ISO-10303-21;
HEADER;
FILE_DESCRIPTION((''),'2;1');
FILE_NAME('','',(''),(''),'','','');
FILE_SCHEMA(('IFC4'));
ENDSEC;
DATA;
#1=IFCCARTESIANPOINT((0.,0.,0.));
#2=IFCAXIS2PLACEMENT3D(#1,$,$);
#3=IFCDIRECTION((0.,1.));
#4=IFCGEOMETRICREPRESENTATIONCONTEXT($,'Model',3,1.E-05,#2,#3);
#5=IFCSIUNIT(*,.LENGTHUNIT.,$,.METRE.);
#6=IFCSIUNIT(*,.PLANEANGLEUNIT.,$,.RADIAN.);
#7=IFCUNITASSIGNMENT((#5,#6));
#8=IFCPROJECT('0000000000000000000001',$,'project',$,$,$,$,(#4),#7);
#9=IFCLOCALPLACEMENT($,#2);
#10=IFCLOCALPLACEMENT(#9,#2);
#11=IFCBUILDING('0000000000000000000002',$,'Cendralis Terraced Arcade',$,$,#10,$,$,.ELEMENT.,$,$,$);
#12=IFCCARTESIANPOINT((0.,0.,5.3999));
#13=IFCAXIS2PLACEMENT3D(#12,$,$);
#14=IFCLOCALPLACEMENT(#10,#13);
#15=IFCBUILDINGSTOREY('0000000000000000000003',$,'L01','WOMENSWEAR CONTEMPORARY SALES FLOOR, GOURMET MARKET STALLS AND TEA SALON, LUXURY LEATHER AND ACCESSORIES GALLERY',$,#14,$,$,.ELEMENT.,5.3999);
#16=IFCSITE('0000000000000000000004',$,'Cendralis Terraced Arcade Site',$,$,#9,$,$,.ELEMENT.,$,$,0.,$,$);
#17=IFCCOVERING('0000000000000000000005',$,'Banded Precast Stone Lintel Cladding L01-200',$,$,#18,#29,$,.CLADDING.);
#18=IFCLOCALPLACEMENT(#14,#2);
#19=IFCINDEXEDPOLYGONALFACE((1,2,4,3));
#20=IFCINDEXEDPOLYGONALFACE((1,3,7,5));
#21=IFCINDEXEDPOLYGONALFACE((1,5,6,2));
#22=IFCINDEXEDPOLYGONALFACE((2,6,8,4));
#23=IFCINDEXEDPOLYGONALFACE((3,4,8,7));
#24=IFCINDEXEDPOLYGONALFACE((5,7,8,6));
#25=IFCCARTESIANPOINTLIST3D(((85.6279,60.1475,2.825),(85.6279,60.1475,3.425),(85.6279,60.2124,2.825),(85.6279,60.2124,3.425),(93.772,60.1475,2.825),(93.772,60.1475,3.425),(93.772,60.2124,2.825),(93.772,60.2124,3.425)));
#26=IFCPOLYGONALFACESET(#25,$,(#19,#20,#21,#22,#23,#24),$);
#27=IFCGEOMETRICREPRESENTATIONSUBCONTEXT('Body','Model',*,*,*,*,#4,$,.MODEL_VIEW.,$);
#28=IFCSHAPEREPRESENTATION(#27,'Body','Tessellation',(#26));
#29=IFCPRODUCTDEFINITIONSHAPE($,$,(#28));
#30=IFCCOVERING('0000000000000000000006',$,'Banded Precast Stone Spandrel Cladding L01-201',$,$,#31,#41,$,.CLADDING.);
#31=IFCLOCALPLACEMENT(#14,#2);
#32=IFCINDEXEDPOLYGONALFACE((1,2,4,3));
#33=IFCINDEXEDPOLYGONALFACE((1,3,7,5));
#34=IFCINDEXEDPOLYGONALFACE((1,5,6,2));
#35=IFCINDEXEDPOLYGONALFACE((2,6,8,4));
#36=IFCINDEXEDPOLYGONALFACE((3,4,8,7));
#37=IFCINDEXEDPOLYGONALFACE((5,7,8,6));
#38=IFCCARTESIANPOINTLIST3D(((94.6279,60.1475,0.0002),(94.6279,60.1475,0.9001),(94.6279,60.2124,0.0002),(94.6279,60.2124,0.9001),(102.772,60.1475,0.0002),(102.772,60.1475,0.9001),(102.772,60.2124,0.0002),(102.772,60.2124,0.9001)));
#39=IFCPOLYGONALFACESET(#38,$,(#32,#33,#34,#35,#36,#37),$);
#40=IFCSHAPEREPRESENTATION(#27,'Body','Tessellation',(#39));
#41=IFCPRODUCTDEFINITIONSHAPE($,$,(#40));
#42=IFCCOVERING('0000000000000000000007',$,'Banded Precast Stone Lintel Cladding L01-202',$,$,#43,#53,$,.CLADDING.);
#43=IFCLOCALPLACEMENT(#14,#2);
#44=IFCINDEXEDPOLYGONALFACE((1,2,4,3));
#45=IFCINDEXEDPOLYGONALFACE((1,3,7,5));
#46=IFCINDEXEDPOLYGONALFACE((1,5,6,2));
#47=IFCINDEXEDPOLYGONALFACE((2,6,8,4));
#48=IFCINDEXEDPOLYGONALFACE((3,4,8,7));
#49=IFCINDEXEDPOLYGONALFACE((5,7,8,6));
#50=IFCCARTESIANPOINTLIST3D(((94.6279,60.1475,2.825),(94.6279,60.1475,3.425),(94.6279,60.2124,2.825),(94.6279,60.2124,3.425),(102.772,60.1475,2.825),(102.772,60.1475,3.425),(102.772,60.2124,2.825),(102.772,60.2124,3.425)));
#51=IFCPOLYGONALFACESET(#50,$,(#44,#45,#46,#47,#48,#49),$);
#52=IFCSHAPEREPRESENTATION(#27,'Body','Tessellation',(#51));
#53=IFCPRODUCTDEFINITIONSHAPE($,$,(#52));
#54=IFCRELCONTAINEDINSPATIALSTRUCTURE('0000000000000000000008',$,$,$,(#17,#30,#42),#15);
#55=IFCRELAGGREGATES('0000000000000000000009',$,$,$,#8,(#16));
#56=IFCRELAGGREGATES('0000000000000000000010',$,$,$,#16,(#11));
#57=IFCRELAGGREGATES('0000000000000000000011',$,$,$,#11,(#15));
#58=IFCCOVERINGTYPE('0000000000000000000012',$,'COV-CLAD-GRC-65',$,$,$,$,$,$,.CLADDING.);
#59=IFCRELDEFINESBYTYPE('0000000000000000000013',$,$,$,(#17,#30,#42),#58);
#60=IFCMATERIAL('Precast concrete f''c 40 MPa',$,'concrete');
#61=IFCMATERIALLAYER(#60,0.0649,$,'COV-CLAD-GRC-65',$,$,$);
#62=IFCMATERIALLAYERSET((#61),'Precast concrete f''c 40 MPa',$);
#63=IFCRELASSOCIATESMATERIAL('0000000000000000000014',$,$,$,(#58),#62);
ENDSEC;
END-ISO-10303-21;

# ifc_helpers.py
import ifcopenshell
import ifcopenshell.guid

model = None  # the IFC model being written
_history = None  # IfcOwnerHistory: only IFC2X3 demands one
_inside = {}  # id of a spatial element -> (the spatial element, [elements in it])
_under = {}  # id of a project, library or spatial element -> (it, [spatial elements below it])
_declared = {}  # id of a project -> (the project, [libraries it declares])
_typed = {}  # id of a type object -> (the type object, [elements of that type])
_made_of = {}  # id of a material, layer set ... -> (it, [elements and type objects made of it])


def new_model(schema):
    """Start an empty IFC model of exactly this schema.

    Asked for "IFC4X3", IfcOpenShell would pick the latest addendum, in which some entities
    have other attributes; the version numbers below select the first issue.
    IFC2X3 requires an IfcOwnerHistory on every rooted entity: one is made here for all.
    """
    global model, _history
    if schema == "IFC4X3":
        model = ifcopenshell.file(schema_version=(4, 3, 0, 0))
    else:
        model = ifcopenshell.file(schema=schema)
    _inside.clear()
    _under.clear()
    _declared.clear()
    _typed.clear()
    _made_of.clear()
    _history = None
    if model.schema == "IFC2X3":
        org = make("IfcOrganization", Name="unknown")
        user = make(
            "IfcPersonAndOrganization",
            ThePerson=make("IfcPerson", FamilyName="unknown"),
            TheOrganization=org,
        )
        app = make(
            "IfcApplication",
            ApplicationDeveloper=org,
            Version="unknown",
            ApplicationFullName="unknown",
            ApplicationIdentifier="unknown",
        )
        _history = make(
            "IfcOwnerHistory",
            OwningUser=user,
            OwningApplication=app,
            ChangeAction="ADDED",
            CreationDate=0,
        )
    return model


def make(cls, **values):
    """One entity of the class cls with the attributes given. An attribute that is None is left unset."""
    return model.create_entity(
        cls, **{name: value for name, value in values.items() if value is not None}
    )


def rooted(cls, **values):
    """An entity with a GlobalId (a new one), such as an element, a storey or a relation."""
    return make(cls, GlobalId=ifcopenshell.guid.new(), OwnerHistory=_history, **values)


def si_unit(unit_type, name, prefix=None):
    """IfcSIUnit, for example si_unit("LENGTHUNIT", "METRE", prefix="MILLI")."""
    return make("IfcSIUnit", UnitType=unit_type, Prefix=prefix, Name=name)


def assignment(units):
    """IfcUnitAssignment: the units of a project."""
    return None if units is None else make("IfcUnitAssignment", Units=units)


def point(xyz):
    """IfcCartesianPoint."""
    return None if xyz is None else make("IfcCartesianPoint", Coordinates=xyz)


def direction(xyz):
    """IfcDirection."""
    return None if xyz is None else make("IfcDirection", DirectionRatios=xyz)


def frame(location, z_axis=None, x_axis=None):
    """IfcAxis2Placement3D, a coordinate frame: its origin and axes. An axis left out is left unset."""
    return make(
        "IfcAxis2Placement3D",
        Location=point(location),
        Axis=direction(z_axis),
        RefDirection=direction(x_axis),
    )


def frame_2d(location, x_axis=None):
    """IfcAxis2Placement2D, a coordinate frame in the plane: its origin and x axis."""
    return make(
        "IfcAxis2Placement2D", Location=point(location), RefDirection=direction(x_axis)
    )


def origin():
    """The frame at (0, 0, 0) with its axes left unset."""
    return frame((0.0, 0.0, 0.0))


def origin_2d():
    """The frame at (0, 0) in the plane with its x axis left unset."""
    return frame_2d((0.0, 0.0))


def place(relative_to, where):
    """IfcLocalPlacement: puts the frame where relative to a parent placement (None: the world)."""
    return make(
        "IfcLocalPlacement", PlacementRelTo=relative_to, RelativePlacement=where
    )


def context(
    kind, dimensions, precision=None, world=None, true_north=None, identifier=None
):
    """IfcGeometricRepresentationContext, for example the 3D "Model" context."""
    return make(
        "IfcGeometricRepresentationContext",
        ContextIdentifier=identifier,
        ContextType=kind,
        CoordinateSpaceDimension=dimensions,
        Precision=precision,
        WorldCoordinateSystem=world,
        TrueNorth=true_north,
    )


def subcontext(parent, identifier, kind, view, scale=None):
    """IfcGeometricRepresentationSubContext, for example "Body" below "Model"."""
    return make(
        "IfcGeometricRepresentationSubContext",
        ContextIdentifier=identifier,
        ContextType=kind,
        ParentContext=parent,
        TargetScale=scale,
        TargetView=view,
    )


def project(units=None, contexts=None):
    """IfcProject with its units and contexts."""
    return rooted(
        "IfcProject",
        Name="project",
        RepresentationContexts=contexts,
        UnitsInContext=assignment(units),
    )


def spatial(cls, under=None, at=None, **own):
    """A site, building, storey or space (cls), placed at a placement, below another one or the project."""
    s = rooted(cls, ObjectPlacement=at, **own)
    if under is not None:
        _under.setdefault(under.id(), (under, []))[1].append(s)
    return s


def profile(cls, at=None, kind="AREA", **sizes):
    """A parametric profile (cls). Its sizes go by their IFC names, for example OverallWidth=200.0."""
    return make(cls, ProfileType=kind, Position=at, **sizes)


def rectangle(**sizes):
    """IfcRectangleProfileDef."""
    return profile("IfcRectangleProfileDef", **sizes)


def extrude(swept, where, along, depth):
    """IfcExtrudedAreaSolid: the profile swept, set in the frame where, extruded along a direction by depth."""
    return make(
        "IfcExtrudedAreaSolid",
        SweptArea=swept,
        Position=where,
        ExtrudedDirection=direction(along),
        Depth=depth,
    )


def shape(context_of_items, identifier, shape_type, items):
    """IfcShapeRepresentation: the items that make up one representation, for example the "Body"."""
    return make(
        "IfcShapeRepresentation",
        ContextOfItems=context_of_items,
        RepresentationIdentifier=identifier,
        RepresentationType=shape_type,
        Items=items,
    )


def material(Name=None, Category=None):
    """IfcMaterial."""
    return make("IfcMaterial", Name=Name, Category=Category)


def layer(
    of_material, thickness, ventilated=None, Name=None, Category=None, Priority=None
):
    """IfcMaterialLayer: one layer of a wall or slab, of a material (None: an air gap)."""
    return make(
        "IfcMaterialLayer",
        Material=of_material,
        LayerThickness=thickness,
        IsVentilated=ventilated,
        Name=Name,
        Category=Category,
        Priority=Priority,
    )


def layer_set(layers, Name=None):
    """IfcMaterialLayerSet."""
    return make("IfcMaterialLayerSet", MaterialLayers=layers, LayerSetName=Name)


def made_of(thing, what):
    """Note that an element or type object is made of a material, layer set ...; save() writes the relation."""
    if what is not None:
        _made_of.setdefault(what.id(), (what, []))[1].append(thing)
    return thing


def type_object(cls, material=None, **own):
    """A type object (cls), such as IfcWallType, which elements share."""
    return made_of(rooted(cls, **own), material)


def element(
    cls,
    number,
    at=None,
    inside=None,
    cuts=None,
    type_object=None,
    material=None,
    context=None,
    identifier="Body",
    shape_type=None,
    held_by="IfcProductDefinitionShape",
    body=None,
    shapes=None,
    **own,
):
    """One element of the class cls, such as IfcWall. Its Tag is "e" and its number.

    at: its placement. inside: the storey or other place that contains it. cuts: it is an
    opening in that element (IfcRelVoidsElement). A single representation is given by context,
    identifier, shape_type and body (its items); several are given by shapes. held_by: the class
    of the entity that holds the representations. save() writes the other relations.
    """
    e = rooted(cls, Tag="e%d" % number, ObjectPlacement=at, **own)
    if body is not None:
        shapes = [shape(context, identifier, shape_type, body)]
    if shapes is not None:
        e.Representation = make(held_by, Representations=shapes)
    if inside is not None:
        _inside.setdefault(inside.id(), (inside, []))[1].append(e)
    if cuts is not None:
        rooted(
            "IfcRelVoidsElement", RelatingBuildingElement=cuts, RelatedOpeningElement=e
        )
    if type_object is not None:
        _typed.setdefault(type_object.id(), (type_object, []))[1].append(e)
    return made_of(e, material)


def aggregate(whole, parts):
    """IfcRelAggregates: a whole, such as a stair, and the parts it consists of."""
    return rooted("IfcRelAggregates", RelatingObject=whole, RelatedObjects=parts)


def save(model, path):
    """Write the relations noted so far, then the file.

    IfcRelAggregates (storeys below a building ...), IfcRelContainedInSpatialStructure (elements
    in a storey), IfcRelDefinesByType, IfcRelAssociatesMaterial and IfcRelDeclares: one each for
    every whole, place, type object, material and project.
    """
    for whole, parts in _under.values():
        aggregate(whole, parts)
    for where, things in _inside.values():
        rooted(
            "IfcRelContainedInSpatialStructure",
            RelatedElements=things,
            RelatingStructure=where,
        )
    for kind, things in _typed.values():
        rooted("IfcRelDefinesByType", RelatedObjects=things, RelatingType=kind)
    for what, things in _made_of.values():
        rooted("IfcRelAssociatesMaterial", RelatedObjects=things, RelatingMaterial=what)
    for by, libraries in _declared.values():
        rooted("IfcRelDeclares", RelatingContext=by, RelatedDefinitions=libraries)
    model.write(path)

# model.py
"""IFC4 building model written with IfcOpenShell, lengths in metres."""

from ifc_helpers import new_model, si_unit, direction, frame, origin, origin_2d, place, context, subcontext, project, spatial, rectangle, extrude, material, layer, layer_set, type_object, element, save


model = new_model("IFC4")

# Units and contexts
model_context = context("Model", 3, precision=1e-05, world=origin(), true_north=direction((0.0, 1.0)))
body_context = subcontext(model_context, "Body", "Model", "MODEL_VIEW")
ifc_project = project(units=[si_unit("LENGTHUNIT", "METRE"), si_unit("PLANEANGLEUNIT", "RADIAN")], contexts=[model_context])

# Site, building, storey
site_placement = place(None, origin())
site = spatial("IfcSite", under=ifc_project, at=site_placement, Name="Cendralis Terraced Arcade Site", CompositionType="ELEMENT", RefElevation=0.0)
building_placement = place(site_placement, origin())
building = spatial("IfcBuilding", under=site, at=building_placement, Name="Cendralis Terraced Arcade", CompositionType="ELEMENT")
storey_placement = place(building_placement, frame((0.0, 0.0, 5.3999)))
storey = spatial("IfcBuildingStorey", under=building, at=storey_placement, Name="L01", Description="WOMENSWEAR CONTEMPORARY SALES FLOOR, GOURMET MARKET STALLS AND TEA SALON, LUXURY LEATHER AND ACCESSORIES GALLERY", CompositionType="ELEMENT", Elevation=5.3999)

# Shared definitions
ifc_material_1 = material(Name="Precast concrete f'c 40 MPa", Category="concrete")

# Coverings
ifc_layer_1 = layer(ifc_material_1, 0.0649, Name="COV-CLAD-GRC-65")
ifc_layer_set_1 = layer_set([ifc_layer_1], Name="Precast concrete f'c 40 MPa")
covering_type = type_object("IfcCoveringType", Name="COV-CLAD-GRC-65", PredefinedType="CLADDING", material=ifc_layer_set_1)
covering_1_placement = place(storey_placement, frame((89.7, 60.1799, 2.825), z_axis=(0.0, 0.0, 1.0), x_axis=(1.0, 0.0, 0.0)))
element("IfcCovering", 1, at=covering_1_placement, inside=storey, type_object=covering_type, Name="Banded Precast Stone Lintel Cladding L01-200", PredefinedType="CLADDING", context=body_context, shape_type="SweptSolid", body=[
    extrude(rectangle(XDim=8.144, YDim=0.0649, at=origin_2d()), origin(), (0.0, 0.0, 1.0), 0.6001),
])
covering_2_placement = place(storey_placement, frame((98.7, 60.1799, 0.0002), z_axis=(0.0, 0.0, 1.0), x_axis=(1.0, 0.0, 0.0)))
element("IfcCovering", 2, at=covering_2_placement, inside=storey, type_object=covering_type, Name="Banded Precast Stone Spandrel Cladding L01-201", PredefinedType="CLADDING", context=body_context, shape_type="SweptSolid", body=[
    extrude(rectangle(XDim=8.144, YDim=0.0649, at=origin_2d()), origin(), (0.0, 0.0, 1.0), 0.8999),
])
covering_3_placement = place(storey_placement, frame((98.7, 60.1799, 2.825), z_axis=(0.0, 0.0, 1.0), x_axis=(1.0, 0.0, 0.0)))
element("IfcCovering", 3, at=covering_3_placement, inside=storey, type_object=covering_type, Name="Banded Precast Stone Lintel Cladding L01-202", PredefinedType="CLADDING", context=body_context, shape_type="SweptSolid", body=[
    extrude(rectangle(XDim=8.144, YDim=0.0649, at=origin_2d()), origin(), (0.0, 0.0, 1.0), 0.6001),
])

save(model, "model.ifc")
